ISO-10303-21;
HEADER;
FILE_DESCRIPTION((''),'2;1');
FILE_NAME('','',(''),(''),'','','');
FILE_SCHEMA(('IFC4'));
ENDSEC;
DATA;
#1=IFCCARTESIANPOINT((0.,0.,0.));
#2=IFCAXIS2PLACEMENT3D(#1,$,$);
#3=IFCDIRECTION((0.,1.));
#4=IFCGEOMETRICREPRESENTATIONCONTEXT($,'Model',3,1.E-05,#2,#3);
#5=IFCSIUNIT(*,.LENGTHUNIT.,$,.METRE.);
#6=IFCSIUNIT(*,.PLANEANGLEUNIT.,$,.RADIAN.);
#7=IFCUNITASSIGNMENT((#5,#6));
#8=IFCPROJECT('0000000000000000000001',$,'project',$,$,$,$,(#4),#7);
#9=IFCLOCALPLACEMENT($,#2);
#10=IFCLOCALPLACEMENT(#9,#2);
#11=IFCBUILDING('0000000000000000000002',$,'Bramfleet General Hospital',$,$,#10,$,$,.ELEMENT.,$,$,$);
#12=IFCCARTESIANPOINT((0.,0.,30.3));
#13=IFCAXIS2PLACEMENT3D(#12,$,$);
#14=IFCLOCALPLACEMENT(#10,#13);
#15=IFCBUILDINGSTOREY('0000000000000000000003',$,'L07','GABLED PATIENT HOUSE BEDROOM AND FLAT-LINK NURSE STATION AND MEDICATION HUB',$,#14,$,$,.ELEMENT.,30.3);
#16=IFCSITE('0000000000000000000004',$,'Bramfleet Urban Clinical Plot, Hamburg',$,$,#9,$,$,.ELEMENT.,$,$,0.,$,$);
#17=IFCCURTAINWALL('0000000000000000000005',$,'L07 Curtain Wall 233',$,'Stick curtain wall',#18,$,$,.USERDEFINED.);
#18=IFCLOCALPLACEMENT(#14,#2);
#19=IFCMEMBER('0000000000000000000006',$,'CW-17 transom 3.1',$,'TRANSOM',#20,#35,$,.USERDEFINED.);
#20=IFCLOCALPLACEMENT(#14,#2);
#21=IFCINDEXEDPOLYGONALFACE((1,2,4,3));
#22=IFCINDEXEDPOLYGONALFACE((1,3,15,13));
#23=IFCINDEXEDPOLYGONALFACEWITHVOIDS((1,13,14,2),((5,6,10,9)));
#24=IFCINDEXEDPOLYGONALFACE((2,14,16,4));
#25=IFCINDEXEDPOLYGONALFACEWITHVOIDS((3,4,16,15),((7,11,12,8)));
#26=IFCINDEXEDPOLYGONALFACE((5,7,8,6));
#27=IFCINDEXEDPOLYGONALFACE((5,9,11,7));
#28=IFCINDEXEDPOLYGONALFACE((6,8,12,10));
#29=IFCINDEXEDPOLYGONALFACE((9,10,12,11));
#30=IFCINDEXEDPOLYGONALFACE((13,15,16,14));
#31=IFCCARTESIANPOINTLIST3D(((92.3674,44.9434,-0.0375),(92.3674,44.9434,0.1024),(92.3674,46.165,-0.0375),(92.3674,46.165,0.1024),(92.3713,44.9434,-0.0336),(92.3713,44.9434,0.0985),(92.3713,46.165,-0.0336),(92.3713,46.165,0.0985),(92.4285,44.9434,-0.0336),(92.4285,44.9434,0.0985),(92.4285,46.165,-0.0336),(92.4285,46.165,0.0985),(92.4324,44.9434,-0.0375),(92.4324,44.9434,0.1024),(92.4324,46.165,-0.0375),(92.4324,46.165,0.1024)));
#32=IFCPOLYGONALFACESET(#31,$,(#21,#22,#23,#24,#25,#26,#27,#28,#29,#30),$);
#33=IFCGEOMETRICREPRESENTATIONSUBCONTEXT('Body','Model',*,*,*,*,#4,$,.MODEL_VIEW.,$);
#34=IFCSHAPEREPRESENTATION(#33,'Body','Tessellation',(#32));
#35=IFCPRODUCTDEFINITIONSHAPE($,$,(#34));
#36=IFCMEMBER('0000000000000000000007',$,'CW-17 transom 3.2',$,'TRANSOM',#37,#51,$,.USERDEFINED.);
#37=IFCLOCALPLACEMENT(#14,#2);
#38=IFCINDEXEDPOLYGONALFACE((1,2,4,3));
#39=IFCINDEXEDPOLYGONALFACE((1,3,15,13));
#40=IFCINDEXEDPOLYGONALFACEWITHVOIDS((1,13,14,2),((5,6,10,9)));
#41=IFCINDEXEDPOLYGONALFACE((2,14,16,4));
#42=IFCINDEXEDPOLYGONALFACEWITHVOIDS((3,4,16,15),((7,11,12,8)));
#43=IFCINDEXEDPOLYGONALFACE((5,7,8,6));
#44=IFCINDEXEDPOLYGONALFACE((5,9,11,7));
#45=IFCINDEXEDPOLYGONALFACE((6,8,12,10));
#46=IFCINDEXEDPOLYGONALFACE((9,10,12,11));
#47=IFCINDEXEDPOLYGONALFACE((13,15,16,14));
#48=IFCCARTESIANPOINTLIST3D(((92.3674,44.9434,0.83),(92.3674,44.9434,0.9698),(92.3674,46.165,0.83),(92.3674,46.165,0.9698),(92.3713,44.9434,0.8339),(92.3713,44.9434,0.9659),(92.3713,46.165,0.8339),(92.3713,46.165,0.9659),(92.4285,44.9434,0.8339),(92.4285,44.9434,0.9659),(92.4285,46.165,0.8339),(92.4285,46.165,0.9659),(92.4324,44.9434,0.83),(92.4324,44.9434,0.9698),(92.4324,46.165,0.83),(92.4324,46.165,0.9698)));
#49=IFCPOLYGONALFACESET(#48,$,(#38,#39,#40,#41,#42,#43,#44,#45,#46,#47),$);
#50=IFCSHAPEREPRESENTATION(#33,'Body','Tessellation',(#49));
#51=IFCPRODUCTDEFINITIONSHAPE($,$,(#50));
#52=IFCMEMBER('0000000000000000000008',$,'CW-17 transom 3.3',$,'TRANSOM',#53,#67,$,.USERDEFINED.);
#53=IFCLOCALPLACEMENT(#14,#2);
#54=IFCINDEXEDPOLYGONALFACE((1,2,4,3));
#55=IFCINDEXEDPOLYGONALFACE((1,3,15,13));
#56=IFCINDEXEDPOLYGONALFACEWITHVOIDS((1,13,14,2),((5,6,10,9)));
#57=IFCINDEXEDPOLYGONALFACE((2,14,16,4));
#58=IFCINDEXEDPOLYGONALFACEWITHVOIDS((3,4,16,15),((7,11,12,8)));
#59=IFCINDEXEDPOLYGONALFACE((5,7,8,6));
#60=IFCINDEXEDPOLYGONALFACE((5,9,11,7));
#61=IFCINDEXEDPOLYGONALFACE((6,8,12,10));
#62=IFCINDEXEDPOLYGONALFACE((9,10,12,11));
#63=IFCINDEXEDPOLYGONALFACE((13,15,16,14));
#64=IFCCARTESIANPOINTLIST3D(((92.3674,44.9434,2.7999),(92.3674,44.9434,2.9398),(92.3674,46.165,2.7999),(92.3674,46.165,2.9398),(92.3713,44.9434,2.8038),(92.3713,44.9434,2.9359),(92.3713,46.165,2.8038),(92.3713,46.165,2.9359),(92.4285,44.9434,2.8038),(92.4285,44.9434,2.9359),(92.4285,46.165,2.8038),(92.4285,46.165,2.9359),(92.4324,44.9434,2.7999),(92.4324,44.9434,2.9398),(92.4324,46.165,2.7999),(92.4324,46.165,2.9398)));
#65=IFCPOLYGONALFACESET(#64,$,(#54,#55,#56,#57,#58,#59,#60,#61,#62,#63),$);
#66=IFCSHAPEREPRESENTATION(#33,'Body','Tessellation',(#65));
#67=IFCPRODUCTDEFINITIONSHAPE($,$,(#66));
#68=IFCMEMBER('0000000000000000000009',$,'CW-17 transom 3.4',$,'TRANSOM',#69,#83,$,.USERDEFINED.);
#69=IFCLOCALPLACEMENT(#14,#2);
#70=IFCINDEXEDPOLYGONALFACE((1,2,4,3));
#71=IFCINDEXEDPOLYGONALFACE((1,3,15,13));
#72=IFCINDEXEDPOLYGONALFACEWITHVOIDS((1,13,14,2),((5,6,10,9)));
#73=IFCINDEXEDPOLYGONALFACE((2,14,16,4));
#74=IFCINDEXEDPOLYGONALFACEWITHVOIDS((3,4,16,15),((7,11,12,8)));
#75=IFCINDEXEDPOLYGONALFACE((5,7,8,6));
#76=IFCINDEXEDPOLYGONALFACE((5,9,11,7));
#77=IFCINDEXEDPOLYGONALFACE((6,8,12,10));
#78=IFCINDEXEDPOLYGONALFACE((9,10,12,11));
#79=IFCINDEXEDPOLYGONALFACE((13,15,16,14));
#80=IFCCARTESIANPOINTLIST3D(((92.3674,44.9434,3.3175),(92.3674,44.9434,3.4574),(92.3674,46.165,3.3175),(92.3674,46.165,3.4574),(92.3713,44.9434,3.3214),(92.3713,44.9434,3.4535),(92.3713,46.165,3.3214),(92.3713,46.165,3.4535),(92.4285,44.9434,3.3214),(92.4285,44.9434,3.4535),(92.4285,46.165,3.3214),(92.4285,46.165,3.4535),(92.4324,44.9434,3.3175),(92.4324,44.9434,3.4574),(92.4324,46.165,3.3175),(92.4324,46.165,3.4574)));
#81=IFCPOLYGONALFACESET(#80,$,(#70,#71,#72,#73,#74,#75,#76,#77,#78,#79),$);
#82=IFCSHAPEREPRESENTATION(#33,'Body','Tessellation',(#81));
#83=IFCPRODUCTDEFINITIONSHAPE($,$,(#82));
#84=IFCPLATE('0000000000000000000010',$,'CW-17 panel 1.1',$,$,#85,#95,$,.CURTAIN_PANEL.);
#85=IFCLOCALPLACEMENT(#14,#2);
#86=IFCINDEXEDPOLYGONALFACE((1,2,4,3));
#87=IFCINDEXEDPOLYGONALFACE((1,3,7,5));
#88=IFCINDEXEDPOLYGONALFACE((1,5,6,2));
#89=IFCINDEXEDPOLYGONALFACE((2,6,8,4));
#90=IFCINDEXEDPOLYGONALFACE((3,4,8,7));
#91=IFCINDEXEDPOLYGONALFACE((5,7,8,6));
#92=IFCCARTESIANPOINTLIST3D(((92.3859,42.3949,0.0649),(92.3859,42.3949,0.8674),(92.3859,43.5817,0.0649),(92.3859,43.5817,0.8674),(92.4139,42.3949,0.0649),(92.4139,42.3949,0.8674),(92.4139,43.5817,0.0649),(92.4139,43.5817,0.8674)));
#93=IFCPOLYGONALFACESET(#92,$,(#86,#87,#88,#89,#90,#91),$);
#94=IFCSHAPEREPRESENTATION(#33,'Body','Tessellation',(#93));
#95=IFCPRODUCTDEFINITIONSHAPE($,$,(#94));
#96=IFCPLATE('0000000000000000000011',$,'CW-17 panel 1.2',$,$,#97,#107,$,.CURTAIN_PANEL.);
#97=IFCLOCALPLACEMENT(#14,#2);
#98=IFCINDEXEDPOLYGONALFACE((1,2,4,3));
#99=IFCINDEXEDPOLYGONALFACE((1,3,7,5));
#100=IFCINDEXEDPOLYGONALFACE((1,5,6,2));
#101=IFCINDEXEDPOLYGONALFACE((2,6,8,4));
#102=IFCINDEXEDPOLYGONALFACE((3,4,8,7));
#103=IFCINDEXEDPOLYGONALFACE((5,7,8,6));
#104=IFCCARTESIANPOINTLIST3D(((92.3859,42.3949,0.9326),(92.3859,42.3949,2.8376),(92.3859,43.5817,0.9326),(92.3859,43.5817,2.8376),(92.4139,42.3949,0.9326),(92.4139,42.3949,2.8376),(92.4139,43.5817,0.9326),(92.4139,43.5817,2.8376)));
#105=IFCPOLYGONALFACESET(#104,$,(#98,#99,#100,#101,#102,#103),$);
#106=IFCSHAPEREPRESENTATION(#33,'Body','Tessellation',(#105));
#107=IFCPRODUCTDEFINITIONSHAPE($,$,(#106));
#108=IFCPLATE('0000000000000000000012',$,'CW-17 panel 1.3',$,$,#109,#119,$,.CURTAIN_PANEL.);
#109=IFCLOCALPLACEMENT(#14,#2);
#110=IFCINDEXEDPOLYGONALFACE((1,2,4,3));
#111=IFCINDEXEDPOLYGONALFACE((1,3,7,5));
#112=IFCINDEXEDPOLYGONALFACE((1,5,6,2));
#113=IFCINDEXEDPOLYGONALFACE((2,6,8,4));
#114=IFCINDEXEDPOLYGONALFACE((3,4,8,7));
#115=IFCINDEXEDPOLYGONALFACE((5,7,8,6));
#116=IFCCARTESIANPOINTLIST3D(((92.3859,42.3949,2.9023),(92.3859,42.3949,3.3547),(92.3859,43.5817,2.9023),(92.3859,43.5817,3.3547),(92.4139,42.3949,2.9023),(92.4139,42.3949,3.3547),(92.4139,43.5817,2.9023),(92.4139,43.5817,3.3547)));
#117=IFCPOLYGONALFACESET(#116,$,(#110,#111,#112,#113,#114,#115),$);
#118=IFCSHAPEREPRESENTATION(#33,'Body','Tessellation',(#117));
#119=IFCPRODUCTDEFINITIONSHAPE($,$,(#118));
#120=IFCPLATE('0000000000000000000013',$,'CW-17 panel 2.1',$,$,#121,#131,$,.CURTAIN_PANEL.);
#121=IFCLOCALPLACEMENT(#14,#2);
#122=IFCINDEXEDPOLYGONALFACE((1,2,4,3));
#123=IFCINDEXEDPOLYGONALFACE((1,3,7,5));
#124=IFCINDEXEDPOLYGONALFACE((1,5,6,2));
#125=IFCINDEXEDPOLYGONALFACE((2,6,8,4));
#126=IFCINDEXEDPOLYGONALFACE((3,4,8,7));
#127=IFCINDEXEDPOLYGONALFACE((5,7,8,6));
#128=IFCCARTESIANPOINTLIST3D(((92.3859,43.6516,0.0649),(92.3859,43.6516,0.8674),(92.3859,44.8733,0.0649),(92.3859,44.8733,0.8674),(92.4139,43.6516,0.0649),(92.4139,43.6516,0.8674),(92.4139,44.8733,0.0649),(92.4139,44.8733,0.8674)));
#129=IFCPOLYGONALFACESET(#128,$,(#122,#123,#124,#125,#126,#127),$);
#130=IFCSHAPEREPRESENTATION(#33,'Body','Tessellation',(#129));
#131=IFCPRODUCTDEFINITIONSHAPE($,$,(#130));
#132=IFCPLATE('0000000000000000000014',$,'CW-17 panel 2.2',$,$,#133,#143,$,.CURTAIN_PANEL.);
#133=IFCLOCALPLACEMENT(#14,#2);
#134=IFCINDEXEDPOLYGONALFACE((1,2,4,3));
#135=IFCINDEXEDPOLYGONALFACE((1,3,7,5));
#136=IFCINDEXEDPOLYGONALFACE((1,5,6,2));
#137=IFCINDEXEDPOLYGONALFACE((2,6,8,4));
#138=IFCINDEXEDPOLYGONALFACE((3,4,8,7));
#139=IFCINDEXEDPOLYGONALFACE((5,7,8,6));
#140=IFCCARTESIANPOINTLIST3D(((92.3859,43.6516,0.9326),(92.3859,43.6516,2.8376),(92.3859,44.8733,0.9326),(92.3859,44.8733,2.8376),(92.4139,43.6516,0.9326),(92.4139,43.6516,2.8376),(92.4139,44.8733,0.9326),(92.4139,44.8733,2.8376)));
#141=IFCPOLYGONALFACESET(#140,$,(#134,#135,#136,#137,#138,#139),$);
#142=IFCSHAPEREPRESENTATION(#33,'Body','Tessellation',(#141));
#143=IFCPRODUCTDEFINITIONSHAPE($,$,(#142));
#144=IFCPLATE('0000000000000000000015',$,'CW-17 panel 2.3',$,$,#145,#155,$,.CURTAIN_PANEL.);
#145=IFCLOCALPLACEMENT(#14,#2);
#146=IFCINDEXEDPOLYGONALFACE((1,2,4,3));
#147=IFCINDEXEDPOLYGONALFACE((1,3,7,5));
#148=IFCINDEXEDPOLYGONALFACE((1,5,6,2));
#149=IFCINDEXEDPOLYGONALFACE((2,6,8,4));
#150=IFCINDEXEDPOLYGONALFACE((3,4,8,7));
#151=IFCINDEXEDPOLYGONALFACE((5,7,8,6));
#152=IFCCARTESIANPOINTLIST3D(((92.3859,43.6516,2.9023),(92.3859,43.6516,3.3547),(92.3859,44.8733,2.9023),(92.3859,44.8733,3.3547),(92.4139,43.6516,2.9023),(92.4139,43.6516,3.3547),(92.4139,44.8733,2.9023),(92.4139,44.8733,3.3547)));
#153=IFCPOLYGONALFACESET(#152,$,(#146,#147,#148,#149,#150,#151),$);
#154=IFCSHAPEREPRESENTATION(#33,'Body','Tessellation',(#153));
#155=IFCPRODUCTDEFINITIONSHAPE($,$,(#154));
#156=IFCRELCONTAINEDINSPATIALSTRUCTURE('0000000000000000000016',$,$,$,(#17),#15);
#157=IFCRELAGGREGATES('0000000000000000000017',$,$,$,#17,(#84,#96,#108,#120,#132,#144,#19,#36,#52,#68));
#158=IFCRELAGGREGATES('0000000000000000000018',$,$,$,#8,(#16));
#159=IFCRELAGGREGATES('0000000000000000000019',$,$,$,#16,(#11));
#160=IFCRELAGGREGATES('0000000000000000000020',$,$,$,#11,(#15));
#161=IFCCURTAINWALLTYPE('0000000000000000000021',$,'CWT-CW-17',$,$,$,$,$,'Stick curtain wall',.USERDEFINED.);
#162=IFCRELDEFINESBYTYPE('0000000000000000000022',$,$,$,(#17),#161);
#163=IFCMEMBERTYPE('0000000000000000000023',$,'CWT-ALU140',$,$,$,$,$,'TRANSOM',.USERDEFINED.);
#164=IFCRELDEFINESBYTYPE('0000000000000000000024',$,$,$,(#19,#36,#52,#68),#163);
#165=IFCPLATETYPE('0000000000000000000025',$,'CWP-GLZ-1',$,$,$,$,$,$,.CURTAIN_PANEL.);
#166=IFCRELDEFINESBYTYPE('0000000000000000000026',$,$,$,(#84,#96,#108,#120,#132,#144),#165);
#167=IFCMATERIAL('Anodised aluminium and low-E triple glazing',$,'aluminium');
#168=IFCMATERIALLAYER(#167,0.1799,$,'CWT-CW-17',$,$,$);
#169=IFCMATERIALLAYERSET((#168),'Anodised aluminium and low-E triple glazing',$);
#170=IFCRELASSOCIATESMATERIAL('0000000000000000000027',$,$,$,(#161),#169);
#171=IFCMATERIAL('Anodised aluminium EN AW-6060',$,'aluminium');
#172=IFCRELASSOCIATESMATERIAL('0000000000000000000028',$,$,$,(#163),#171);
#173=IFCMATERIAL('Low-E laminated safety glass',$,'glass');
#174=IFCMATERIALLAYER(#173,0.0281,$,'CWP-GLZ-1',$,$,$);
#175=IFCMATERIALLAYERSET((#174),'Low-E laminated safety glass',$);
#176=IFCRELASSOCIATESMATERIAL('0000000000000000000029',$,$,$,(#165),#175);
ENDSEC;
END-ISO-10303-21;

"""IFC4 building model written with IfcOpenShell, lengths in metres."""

from ifc_helpers import new_model, si_unit, direction, frame, origin, origin_2d, place, context, subcontext, project, spatial, rectangle, hollow_rectangle, extrude, material, layer, layer_set, material_profile, profile_set, type_object, element, aggregate, save


model = new_model("IFC4")

# Units and contexts
model_context = context("Model", 3, precision=1e-05, world=origin(), true_north=direction((0.0, 1.0)))
body_context = subcontext(model_context, "Body", "Model", "MODEL_VIEW")
ifc_project = project(units=[si_unit("LENGTHUNIT", "METRE"), si_unit("PLANEANGLEUNIT", "RADIAN")], contexts=[model_context])

# Site, building, storey
site_placement = place(None, origin())
site = spatial("IfcSite", under=ifc_project, at=site_placement, Name="Bramfleet Urban Clinical Plot, Hamburg", CompositionType="ELEMENT", RefElevation=0.0)
building_placement = place(site_placement, origin())
building = spatial("IfcBuilding", under=site, at=building_placement, Name="Bramfleet General Hospital", CompositionType="ELEMENT")
storey_placement = place(building_placement, frame((0.0, 0.0, 30.3)))
storey = spatial("IfcBuildingStorey", under=building, at=storey_placement, Name="L07", Description="GABLED PATIENT HOUSE BEDROOM AND FLAT-LINK NURSE STATION AND MEDICATION HUB", CompositionType="ELEMENT", Elevation=30.3)

# Curtain wall, members, plates
ifc_material_1 = material(Name="Anodised aluminium and low-E triple glazing", Category="aluminium")
ifc_layer_1 = layer(ifc_material_1, 0.1799, Name="CWT-CW-17")
ifc_layer_set_1 = layer_set([ifc_layer_1], Name="Anodised aluminium and low-E triple glazing")
curtain_wall_type = type_object("IfcCurtainWallType", Name="CWT-CW-17", ElementType="Stick curtain wall", PredefinedType="USERDEFINED", material=ifc_layer_set_1)
curtain_wall_placement = place(storey_placement, origin())
curtain_wall = element("IfcCurtainWall", 1, at=curtain_wall_placement, inside=storey, type_object=curtain_wall_type, Name="L07 Curtain Wall 233", ObjectType="Stick curtain wall", PredefinedType="USERDEFINED")
ifc_material_2 = material(Name="Anodised aluminium EN AW-6060", Category="aluminium")
ifc_material_profile_1 = material_profile(ifc_material_2, hollow_rectangle(XDim=0.0649, YDim=0.1399, WallThickness=0.0039, at=origin_2d()), Name="ALU 140x65x4.0")
ifc_profile_set_1 = profile_set([ifc_material_profile_1], Name="Anodised aluminium EN AW-6060")
member_type_1 = type_object("IfcMemberType", Name="CWT-ALU140", ElementType="TRANSOM", PredefinedType="USERDEFINED", material=ifc_profile_set_1)
member_1_placement = place(storey_placement, frame((92.3999, 44.9434, 0.0325), z_axis=(0.0, 1.0, 0.0), x_axis=(-1.0, 0.0, 0.0)))
member_1 = element("IfcMember", 2, at=member_1_placement, type_object=member_type_1, Name="CW-17 transom 3.1", ObjectType="TRANSOM", PredefinedType="USERDEFINED", context=body_context, shape_type="SweptSolid", body=[
    extrude(hollow_rectangle(XDim=0.0649, YDim=0.1399, WallThickness=0.0039, at=origin_2d()), origin(), (0.0, 0.0, 1.0), 1.2217),
])
member_2_placement = place(storey_placement, frame((92.3999, 44.9434, 0.8999), z_axis=(0.0, 1.0, 0.0), x_axis=(-1.0, 0.0, 0.0)))
member_2 = element("IfcMember", 3, at=member_2_placement, type_object=member_type_1, Name="CW-17 transom 3.2", ObjectType="TRANSOM", PredefinedType="USERDEFINED", context=body_context, shape_type="SweptSolid", body=[
    extrude(hollow_rectangle(XDim=0.0649, YDim=0.1399, WallThickness=0.0039, at=origin_2d()), origin(), (0.0, 0.0, 1.0), 1.2217),
])
member_3_placement = place(storey_placement, frame((92.3999, 44.9434, 2.8699), z_axis=(0.0, 1.0, 0.0), x_axis=(-1.0, 0.0, 0.0)))
member_3 = element("IfcMember", 4, at=member_3_placement, type_object=member_type_1, Name="CW-17 transom 3.3", ObjectType="TRANSOM", PredefinedType="USERDEFINED", context=body_context, shape_type="SweptSolid", body=[
    extrude(hollow_rectangle(XDim=0.0649, YDim=0.1399, WallThickness=0.0039, at=origin_2d()), origin(), (0.0, 0.0, 1.0), 1.2217),
])
member_4_placement = place(storey_placement, frame((92.3999, 44.9434, 3.3875), z_axis=(0.0, 1.0, 0.0), x_axis=(-1.0, 0.0, 0.0)))
member_4 = element("IfcMember", 5, at=member_4_placement, type_object=member_type_1, Name="CW-17 transom 3.4", ObjectType="TRANSOM", PredefinedType="USERDEFINED", context=body_context, shape_type="SweptSolid", body=[
    extrude(hollow_rectangle(XDim=0.0649, YDim=0.1399, WallThickness=0.0039, at=origin_2d()), origin(), (0.0, 0.0, 1.0), 1.2217),
])
ifc_material_3 = material(Name="Low-E laminated safety glass", Category="glass")
ifc_layer_2 = layer(ifc_material_3, 0.0281, Name="CWP-GLZ-1")
ifc_layer_set_2 = layer_set([ifc_layer_2], Name="Low-E laminated safety glass")
plate_type = type_object("IfcPlateType", Name="CWP-GLZ-1", PredefinedType="CURTAIN_PANEL", material=ifc_layer_set_2)
plate_1_placement = place(storey_placement, frame((92.3999, 42.9883, 0.0649), z_axis=(0.0, 0.0, 1.0), x_axis=(0.0, 1.0, 0.0)))
plate_1 = element("IfcPlate", 6, at=plate_1_placement, type_object=plate_type, Name="CW-17 panel 1.1", PredefinedType="CURTAIN_PANEL", context=body_context, shape_type="SweptSolid", body=[
    extrude(rectangle(XDim=1.1868, YDim=0.0281, at=origin_2d()), origin(), (0.0, 0.0, 1.0), 0.8025),
])
plate_2_placement = place(storey_placement, frame((92.3999, 42.9883, 0.9326), z_axis=(0.0, 0.0, 1.0), x_axis=(0.0, 1.0, 0.0)))
plate_2 = element("IfcPlate", 7, at=plate_2_placement, type_object=plate_type, Name="CW-17 panel 1.2", PredefinedType="CURTAIN_PANEL", context=body_context, shape_type="SweptSolid", body=[
    extrude(rectangle(XDim=1.1868, YDim=0.0281, at=origin_2d()), origin(), (0.0, 0.0, 1.0), 1.905),
])
plate_3_placement = place(storey_placement, frame((92.3999, 42.9883, 2.9023), z_axis=(0.0, 0.0, 1.0), x_axis=(0.0, 1.0, 0.0)))
plate_3 = element("IfcPlate", 8, at=plate_3_placement, type_object=plate_type, Name="CW-17 panel 1.3", PredefinedType="CURTAIN_PANEL", context=body_context, shape_type="SweptSolid", body=[
    extrude(rectangle(XDim=1.1868, YDim=0.0281, at=origin_2d()), origin(), (0.0, 0.0, 1.0), 0.4524),
])
plate_4_placement = place(storey_placement, frame((92.3999, 44.2625, 0.0649), z_axis=(0.0, 0.0, 1.0), x_axis=(0.0, 1.0, 0.0)))
plate_4 = element("IfcPlate", 9, at=plate_4_placement, type_object=plate_type, Name="CW-17 panel 2.1", PredefinedType="CURTAIN_PANEL", context=body_context, shape_type="SweptSolid", body=[
    extrude(rectangle(XDim=1.2217, YDim=0.0281, at=origin_2d()), origin(), (0.0, 0.0, 1.0), 0.8025),
])
plate_5_placement = place(storey_placement, frame((92.3999, 44.2625, 0.9326), z_axis=(0.0, 0.0, 1.0), x_axis=(0.0, 1.0, 0.0)))
plate_5 = element("IfcPlate", 10, at=plate_5_placement, type_object=plate_type, Name="CW-17 panel 2.2", PredefinedType="CURTAIN_PANEL", context=body_context, shape_type="SweptSolid", body=[
    extrude(rectangle(XDim=1.2217, YDim=0.0281, at=origin_2d()), origin(), (0.0, 0.0, 1.0), 1.905),
])
plate_6_placement = place(storey_placement, frame((92.3999, 44.2625, 2.9023), z_axis=(0.0, 0.0, 1.0), x_axis=(0.0, 1.0, 0.0)))
plate_6 = element("IfcPlate", 11, at=plate_6_placement, type_object=plate_type, Name="CW-17 panel 2.3", PredefinedType="CURTAIN_PANEL", context=body_context, shape_type="SweptSolid", body=[
    extrude(rectangle(XDim=1.2217, YDim=0.0281, at=origin_2d()), origin(), (0.0, 0.0, 1.0), 0.4524),
])
aggregate(curtain_wall, [plate_1, plate_2, plate_3, plate_4, plate_5, plate_6, member_1, member_2, member_3, member_4])

save(model, "model.ifc")
